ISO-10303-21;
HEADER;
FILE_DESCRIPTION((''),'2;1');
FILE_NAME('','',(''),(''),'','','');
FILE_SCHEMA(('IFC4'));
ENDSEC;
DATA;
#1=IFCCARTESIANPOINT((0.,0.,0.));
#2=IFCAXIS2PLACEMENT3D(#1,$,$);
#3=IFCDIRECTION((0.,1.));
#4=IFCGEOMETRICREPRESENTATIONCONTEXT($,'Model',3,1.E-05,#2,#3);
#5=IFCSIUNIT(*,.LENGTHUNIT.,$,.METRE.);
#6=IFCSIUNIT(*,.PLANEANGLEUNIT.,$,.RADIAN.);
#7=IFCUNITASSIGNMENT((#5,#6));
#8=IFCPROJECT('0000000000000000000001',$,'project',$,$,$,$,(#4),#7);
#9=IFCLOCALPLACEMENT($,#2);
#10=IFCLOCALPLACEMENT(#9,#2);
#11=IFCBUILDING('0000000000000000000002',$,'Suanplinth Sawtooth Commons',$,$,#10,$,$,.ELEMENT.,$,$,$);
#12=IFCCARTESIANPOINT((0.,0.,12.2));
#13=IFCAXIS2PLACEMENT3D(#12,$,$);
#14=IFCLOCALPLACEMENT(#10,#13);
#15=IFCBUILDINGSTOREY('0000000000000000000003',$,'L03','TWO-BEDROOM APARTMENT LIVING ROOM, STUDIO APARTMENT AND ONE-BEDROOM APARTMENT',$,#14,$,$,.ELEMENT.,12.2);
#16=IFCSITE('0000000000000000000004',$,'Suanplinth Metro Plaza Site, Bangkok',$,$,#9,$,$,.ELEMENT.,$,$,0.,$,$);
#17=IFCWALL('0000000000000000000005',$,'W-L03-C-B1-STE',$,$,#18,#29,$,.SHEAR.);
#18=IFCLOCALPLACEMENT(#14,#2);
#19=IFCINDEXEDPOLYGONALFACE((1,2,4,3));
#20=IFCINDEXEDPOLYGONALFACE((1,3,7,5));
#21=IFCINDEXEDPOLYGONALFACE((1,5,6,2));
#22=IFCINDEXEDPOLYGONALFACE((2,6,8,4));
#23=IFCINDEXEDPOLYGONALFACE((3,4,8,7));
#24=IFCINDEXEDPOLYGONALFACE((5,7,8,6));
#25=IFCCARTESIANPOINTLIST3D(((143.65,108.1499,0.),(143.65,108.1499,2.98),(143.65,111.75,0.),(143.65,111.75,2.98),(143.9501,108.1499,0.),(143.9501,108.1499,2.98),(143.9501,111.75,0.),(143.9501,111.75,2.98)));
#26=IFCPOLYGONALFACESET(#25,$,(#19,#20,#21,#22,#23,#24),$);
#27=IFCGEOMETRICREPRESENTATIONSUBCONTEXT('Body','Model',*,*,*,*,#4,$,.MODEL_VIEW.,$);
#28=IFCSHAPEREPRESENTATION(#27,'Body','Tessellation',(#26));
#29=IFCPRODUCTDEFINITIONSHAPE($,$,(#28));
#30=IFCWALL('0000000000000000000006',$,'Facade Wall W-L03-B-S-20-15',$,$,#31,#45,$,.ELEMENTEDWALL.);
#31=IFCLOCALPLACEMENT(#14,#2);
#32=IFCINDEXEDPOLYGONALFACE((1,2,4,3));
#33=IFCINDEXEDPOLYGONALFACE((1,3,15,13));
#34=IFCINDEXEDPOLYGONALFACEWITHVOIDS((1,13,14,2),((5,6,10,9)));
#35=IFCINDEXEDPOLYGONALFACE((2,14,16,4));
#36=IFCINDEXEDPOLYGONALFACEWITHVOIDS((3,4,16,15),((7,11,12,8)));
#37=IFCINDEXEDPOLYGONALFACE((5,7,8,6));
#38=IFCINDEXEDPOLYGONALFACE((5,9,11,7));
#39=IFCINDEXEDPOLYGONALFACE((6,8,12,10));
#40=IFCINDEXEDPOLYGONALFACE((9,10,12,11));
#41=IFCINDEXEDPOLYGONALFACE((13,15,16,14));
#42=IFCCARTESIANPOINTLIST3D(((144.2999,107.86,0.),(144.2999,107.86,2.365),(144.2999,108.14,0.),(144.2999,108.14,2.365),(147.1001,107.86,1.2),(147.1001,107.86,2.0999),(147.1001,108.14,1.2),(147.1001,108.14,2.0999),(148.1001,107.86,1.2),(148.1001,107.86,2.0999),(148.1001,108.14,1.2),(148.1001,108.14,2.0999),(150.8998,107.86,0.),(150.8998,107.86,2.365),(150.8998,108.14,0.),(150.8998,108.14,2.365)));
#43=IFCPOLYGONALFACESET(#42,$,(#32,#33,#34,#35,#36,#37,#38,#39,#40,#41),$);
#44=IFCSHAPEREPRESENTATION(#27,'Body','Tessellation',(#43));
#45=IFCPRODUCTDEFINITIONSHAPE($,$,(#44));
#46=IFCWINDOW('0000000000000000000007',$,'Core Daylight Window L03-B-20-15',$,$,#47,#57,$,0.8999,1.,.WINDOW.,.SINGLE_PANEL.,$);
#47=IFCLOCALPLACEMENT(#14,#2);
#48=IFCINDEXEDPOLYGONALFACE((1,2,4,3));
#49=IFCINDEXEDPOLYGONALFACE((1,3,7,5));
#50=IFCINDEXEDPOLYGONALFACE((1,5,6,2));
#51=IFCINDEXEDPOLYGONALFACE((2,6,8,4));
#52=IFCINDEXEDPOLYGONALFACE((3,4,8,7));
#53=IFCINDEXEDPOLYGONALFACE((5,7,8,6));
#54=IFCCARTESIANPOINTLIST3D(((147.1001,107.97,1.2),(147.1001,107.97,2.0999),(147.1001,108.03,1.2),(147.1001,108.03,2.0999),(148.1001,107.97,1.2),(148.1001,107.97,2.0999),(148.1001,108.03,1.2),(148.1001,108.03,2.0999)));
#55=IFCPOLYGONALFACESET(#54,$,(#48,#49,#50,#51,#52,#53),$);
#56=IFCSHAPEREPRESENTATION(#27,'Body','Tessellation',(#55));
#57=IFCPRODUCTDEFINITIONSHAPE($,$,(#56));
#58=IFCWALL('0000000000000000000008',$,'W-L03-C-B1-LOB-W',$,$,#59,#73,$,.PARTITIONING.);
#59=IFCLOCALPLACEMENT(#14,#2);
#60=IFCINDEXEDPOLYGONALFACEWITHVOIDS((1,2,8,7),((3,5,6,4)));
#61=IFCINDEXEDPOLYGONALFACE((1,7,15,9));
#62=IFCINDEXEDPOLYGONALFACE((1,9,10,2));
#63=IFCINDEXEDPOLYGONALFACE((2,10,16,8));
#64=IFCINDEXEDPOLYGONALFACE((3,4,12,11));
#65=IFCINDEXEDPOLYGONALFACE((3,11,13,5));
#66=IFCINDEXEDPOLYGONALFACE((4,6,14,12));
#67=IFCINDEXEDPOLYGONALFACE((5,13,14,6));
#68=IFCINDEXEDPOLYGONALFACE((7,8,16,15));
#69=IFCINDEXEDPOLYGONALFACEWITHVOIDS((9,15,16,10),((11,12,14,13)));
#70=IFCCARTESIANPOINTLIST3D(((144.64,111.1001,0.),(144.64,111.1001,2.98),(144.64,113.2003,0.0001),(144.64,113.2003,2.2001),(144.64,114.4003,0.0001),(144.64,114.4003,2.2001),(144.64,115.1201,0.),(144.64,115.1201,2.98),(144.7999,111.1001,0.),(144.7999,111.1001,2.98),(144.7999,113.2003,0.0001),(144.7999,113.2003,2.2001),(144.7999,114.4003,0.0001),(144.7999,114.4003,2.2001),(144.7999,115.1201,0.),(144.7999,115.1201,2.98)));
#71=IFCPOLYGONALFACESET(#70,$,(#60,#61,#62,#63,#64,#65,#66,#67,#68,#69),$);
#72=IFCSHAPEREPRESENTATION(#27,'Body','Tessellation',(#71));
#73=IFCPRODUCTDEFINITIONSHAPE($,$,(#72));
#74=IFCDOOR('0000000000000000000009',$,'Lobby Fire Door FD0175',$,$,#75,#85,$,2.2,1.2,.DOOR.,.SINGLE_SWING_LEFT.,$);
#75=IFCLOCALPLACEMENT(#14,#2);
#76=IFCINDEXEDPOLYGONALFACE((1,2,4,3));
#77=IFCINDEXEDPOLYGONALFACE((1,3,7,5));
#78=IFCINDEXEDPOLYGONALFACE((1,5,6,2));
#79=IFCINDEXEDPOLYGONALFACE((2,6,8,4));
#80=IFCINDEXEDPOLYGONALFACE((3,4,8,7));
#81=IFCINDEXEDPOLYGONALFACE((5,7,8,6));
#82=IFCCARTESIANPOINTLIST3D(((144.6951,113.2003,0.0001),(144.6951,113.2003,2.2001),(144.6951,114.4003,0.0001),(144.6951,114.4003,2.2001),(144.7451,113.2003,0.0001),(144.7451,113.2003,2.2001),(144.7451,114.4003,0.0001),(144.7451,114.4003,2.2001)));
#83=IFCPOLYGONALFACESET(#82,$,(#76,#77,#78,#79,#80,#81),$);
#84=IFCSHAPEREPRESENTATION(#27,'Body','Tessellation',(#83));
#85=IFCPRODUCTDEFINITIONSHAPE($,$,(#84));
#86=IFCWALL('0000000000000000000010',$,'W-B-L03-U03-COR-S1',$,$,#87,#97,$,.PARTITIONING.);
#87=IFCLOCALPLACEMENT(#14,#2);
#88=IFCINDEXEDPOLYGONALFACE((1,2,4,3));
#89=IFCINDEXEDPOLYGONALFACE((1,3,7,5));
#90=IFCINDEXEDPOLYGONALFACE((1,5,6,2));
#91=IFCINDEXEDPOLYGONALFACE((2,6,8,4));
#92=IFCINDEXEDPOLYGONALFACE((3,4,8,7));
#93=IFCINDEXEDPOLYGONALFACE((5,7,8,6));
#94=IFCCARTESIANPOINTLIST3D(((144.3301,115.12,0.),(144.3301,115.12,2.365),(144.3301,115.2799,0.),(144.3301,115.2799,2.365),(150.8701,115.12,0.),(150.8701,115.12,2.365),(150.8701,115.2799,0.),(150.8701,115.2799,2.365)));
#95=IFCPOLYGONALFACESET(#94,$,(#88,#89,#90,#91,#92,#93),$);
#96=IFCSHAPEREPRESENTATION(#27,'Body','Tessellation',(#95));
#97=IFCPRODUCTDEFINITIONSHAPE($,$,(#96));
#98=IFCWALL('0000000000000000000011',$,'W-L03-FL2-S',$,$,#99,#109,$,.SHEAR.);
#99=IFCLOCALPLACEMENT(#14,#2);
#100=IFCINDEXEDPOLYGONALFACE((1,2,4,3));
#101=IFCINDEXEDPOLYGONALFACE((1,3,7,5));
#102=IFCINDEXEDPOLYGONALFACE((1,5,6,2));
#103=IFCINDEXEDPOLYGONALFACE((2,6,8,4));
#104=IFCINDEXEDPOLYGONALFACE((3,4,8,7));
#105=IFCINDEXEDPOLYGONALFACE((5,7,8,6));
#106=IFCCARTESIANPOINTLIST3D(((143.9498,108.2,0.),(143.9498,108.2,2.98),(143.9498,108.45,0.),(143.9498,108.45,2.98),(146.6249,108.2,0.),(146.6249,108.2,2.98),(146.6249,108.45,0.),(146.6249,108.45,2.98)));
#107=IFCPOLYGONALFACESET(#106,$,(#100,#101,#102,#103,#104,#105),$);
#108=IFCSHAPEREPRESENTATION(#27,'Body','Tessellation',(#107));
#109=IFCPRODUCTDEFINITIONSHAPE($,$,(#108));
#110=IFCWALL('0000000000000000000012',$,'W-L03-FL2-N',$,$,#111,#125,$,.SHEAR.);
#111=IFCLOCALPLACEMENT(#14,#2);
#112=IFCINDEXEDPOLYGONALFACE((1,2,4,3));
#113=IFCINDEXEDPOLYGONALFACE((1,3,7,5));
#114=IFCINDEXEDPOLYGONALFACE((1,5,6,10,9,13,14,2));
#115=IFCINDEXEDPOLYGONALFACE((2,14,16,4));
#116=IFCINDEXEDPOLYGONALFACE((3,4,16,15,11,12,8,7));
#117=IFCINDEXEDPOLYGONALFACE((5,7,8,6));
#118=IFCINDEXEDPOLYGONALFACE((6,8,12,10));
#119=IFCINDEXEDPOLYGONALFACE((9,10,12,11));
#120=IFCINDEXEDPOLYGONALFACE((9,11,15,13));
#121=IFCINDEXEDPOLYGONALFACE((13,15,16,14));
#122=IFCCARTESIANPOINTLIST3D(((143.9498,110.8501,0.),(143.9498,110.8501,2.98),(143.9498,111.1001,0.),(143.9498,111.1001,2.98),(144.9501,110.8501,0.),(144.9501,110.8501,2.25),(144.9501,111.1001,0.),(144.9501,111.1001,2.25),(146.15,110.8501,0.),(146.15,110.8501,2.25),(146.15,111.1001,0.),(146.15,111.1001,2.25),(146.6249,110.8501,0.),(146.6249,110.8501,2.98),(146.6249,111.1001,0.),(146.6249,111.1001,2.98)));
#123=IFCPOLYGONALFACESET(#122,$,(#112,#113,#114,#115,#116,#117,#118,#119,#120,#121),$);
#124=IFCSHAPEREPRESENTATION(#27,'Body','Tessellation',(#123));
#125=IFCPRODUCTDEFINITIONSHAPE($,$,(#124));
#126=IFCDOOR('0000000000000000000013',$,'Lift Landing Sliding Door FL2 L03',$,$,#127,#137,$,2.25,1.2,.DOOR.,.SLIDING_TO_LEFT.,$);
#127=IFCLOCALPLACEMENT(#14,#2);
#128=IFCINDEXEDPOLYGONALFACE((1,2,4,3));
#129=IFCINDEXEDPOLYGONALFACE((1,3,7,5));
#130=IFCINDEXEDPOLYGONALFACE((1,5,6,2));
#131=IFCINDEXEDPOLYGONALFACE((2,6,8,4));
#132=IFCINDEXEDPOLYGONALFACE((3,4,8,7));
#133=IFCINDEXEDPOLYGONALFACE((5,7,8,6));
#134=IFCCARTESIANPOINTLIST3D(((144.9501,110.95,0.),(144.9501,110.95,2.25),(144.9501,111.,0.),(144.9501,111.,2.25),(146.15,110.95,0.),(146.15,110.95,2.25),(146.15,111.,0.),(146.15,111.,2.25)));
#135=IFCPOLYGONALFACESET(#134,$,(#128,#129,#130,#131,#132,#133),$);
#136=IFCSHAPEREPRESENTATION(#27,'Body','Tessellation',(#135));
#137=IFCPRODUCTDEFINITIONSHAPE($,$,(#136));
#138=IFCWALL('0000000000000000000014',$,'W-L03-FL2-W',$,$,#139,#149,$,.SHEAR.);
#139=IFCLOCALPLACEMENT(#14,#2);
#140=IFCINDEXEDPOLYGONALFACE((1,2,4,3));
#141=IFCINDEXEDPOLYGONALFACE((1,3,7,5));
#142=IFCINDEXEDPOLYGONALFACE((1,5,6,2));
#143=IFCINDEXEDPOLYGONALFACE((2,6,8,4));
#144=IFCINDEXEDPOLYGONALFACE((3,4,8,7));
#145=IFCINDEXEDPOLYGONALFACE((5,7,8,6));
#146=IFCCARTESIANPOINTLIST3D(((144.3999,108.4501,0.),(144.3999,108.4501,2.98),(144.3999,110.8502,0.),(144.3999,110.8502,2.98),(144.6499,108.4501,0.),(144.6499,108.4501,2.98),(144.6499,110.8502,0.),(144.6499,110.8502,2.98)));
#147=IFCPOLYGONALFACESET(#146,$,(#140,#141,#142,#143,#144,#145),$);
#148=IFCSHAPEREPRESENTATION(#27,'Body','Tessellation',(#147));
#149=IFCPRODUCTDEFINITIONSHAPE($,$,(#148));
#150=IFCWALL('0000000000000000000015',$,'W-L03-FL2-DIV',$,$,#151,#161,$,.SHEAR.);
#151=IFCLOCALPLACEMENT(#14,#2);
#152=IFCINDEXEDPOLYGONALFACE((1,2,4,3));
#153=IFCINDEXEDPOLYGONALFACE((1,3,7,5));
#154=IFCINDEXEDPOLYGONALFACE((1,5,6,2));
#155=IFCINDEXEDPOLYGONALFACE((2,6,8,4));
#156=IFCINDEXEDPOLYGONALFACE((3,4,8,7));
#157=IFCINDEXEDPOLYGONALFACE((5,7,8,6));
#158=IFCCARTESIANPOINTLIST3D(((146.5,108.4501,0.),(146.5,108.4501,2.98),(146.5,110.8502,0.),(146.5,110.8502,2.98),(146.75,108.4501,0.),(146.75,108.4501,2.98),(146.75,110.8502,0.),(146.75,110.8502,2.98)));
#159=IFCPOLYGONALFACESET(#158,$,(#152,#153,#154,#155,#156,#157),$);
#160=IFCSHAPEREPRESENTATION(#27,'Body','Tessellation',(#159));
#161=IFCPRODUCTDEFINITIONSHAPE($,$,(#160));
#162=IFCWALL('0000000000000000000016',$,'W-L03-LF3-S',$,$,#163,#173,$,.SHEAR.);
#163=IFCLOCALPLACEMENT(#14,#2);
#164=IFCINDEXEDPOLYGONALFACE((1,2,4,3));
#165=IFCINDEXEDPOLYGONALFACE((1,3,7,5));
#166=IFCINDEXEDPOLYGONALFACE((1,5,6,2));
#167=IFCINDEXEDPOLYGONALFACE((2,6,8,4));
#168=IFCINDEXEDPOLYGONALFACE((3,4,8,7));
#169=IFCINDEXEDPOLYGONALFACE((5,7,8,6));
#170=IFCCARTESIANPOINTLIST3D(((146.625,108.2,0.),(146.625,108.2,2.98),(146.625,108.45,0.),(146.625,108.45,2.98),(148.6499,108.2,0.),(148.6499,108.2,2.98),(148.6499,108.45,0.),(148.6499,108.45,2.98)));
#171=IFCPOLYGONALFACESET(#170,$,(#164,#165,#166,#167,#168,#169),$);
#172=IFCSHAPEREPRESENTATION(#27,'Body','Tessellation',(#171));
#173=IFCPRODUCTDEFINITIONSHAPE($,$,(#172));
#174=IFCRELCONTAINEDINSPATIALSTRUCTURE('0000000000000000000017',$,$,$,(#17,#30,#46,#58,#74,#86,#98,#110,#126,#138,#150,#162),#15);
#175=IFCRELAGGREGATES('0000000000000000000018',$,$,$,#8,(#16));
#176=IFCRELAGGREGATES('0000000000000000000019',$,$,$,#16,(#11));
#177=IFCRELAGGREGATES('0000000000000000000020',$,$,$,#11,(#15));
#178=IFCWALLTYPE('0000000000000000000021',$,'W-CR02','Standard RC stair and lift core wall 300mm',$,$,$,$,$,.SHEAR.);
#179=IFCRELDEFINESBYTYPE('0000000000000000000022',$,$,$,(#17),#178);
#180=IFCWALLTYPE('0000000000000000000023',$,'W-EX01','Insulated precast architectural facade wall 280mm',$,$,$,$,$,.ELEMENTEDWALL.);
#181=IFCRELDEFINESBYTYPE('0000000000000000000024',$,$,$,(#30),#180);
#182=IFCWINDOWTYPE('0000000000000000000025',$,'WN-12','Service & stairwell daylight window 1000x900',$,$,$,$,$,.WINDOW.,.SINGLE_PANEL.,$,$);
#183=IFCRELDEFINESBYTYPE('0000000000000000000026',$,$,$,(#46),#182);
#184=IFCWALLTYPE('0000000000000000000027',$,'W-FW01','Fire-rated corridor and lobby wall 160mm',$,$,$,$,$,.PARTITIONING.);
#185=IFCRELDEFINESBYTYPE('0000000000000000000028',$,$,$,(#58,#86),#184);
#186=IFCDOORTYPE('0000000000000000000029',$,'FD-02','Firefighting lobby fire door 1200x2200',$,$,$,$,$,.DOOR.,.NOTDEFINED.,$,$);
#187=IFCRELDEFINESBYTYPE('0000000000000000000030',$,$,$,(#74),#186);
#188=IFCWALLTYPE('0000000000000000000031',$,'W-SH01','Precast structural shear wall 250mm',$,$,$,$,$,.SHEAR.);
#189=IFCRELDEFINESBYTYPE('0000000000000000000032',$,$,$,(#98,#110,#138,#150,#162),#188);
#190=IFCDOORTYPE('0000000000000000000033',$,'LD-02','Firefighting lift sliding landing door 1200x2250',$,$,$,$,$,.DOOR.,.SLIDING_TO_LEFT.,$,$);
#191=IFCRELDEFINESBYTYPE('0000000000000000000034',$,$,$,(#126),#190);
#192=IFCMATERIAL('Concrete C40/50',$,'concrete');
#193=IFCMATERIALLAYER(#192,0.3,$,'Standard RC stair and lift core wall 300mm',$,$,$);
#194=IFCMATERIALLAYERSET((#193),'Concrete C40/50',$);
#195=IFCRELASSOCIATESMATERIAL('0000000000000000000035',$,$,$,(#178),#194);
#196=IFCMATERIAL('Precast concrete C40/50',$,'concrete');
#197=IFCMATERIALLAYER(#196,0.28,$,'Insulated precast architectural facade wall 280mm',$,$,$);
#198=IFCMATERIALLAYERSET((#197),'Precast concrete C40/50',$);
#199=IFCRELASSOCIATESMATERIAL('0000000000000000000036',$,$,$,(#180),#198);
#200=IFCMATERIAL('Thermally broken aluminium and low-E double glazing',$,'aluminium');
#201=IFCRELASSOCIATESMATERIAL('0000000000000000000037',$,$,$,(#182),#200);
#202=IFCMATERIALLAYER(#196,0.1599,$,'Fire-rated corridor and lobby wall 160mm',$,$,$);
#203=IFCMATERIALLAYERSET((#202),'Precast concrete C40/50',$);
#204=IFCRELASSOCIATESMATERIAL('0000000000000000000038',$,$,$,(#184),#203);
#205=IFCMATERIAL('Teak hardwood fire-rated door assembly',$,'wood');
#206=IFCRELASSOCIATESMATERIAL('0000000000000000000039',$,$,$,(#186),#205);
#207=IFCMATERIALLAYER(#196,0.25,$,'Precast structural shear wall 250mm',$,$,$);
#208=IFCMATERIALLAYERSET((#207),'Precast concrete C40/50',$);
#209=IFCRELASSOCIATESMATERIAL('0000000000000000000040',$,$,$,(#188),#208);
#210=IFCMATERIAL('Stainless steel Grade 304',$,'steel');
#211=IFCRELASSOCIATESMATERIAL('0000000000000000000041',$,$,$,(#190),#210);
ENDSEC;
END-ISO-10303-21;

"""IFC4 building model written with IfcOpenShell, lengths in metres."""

from ifc_helpers import new_model, si_unit, direction, frame, frame_2d, origin, place, context, subcontext, project, spatial, rectangle, extrude, material, layer, layer_set, type_object, element, fill, save


model = new_model("IFC4")

# Units and contexts
model_context = context("Model", 3, precision=1e-05, world=origin(), true_north=direction((0.0, 1.0)))
body_context = subcontext(model_context, "Body", "Model", "MODEL_VIEW")
ifc_project = project(units=[si_unit("LENGTHUNIT", "METRE"), si_unit("PLANEANGLEUNIT", "RADIAN")], contexts=[model_context])

# Site, building, storey
site_placement = place(None, origin())
site = spatial("IfcSite", under=ifc_project, at=site_placement, Name="Suanplinth Metro Plaza Site, Bangkok", CompositionType="ELEMENT", RefElevation=0.0)
building_placement = place(site_placement, origin())
building = spatial("IfcBuilding", under=site, at=building_placement, Name="Suanplinth Sawtooth Commons", CompositionType="ELEMENT")
storey_placement = place(building_placement, frame((0.0, 0.0, 12.2)))
storey = spatial("IfcBuildingStorey", under=building, at=storey_placement, Name="L03", Description="TWO-BEDROOM APARTMENT LIVING ROOM, STUDIO APARTMENT AND ONE-BEDROOM APARTMENT", CompositionType="ELEMENT", Elevation=12.2)

# Shared definitions
ifc_material_1 = material(Name="Precast concrete C40/50", Category="concrete")

# Wall
ifc_material_2 = material(Name="Concrete C40/50", Category="concrete")
ifc_layer_1 = layer(ifc_material_2, 0.3, Name="Standard RC stair and lift core wall 300mm")
ifc_layer_set_1 = layer_set([ifc_layer_1], Name="Concrete C40/50")
wall_type_1 = type_object("IfcWallType", Name="W-CR02", Description="Standard RC stair and lift core wall 300mm", PredefinedType="SHEAR", material=ifc_layer_set_1)
wall_1_placement = place(storey_placement, frame((143.8, 108.1499, 0.0), z_axis=(0.0, 0.0, 1.0), x_axis=(0.0, 1.0, 0.0)))
element("IfcWall", 1, at=wall_1_placement, inside=storey, type_object=wall_type_1, Name="W-L03-C-B1-STE", PredefinedType="SHEAR", context=body_context, shape_type="SweptSolid", body=[
    extrude(rectangle(XDim=3.6001, YDim=0.3, at=frame_2d((1.8, 0.0))), origin(), (0.0, 0.0, 1.0), 2.98),
])

# Wall, opening, window
ifc_layer_2 = layer(ifc_material_1, 0.28, Name="Insulated precast architectural facade wall 280mm")
ifc_layer_set_2 = layer_set([ifc_layer_2], Name="Precast concrete C40/50")
wall_type_2 = type_object("IfcWallType", Name="W-EX01", Description="Insulated precast architectural facade wall 280mm", PredefinedType="ELEMENTEDWALL", material=ifc_layer_set_2)
wall_2_placement = place(storey_placement, frame((144.3, 108.0, 0.0), z_axis=(0.0, 0.0, 1.0), x_axis=(1.0, 0.0, 0.0)))
wall_2 = element("IfcWall", 2, at=wall_2_placement, inside=storey, type_object=wall_type_2, Name="Facade Wall W-L03-B-S-20-15", PredefinedType="ELEMENTEDWALL", context=body_context, shape_type="SweptSolid", body=[
    extrude(rectangle(XDim=6.5999, YDim=0.28, at=frame_2d((3.2998, 0.0))), origin(), (0.0, 0.0, 1.0), 2.365),
])
opening_1_placement = place(wall_2_placement, frame((2.8, 0.0, 1.2)))
opening_1 = element("IfcOpeningElement", 3, at=opening_1_placement, cuts=wall_2, PredefinedType="OPENING", context=body_context, shape_type="SweptSolid", body=[
    extrude(rectangle(XDim=1.0, YDim=0.8999, at=frame_2d((0.5, 0.45))), frame((0.0, 0.1548, 0.0), z_axis=(0.0, -1.0, 0.0), x_axis=(1.0, 0.0, 0.0)), (0.0, 0.0, 1.0), 0.3098),
])
ifc_material_3 = material(Name="Thermally broken aluminium and low-E double glazing", Category="aluminium")
window_type = type_object("IfcWindowType", Name="WN-12", Description="Service & stairwell daylight window 1000x900", PartitioningType="SINGLE_PANEL", PredefinedType="WINDOW", material=ifc_material_3)
window_placement = place(opening_1_placement, origin())
window = element("IfcWindow", 4, at=window_placement, inside=storey, type_object=window_type, Name="Core Daylight Window L03-B-20-15", OverallHeight=0.8999, OverallWidth=1.0, PartitioningType="SINGLE_PANEL", PredefinedType="WINDOW", context=body_context, shape_type="SweptSolid", body=[
    extrude(rectangle(XDim=1.0, YDim=0.8999, at=frame_2d((0.5, 0.45))), frame((0.0, 0.03, 0.0), z_axis=(0.0, -1.0, 0.0), x_axis=(1.0, 0.0, 0.0)), (0.0, 0.0, 1.0), 0.0601),
])
fill(opening_1, window)

# Wall, opening, door
ifc_layer_3 = layer(ifc_material_1, 0.1599, Name="Fire-rated corridor and lobby wall 160mm")
ifc_layer_set_3 = layer_set([ifc_layer_3], Name="Precast concrete C40/50")
wall_type_3 = type_object("IfcWallType", Name="W-FW01", Description="Fire-rated corridor and lobby wall 160mm", PredefinedType="PARTITIONING", material=ifc_layer_set_3)
wall_3_placement = place(storey_placement, frame((144.72, 111.1001, 0.0), z_axis=(0.0, 0.0, 1.0), x_axis=(0.0, 1.0, 0.0)))
wall_3 = element("IfcWall", 5, at=wall_3_placement, inside=storey, type_object=wall_type_3, Name="W-L03-C-B1-LOB-W", PredefinedType="PARTITIONING", context=body_context, shape_type="SweptSolid", body=[
    extrude(rectangle(XDim=4.02, YDim=0.1599, at=frame_2d((2.01, 0.0))), origin(), (0.0, 0.0, 1.0), 2.98),
])
opening_2_placement = place(wall_3_placement, frame((2.1001, 0.0, 0.0)))
opening_2 = element("IfcOpeningElement", 6, at=opening_2_placement, cuts=wall_3, PredefinedType="OPENING", context=body_context, shape_type="SweptSolid", body=[
    extrude(rectangle(XDim=1.2, YDim=2.2, at=frame_2d((0.6001, 1.1001))), frame((0.0, 0.0947, 0.0), z_axis=(0.0, -1.0, 0.0), x_axis=(1.0, 0.0, 0.0)), (0.0, 0.0, 1.0), 0.1897),
])
ifc_material_4 = material(Name="Teak hardwood fire-rated door assembly", Category="wood")
door_type_1 = type_object("IfcDoorType", Name="FD-02", Description="Firefighting lobby fire door 1200x2200", OperationType="NOTDEFINED", PredefinedType="DOOR", material=ifc_material_4)
door_1_placement = place(opening_2_placement, origin())
door_1 = element("IfcDoor", 7, at=door_1_placement, inside=storey, type_object=door_type_1, Name="Lobby Fire Door FD0175", OperationType="SINGLE_SWING_LEFT", OverallHeight=2.2, OverallWidth=1.2, PredefinedType="DOOR", context=body_context, shape_type="SweptSolid", body=[
    extrude(rectangle(XDim=1.2, YDim=2.2, at=frame_2d((0.6001, 1.1001))), frame((0.0, 0.0249, 0.0), z_axis=(0.0, -1.0, 0.0), x_axis=(1.0, 0.0, 0.0)), (0.0, 0.0, 1.0), 0.05),
])
fill(opening_2, door_1)

# Walls
wall_4_placement = place(storey_placement, frame((144.3301, 115.2, 0.0), z_axis=(0.0, 0.0, 1.0), x_axis=(1.0, 0.0, 0.0)))
element("IfcWall", 8, at=wall_4_placement, inside=storey, type_object=wall_type_3, Name="W-B-L03-U03-COR-S1", PredefinedType="PARTITIONING", context=body_context, shape_type="SweptSolid", body=[
    extrude(rectangle(XDim=6.54, YDim=0.1599, at=frame_2d((3.27, 0.0))), origin(), (0.0, 0.0, 1.0), 2.365),
])
ifc_layer_4 = layer(ifc_material_1, 0.25, Name="Precast structural shear wall 250mm")
ifc_layer_set_4 = layer_set([ifc_layer_4], Name="Precast concrete C40/50")
wall_type_4 = type_object("IfcWallType", Name="W-SH01", Description="Precast structural shear wall 250mm", PredefinedType="SHEAR", material=ifc_layer_set_4)
wall_5_placement = place(storey_placement, frame((143.95, 108.325, 0.0), z_axis=(0.0, 0.0, 1.0), x_axis=(1.0, 0.0, 0.0)))
element("IfcWall", 9, at=wall_5_placement, inside=storey, type_object=wall_type_4, Name="W-L03-FL2-S", PredefinedType="SHEAR", context=body_context, shape_type="SweptSolid", body=[
    extrude(rectangle(XDim=2.675, YDim=0.25, at=frame_2d((1.3374, 0.0))), origin(), (0.0, 0.0, 1.0), 2.98),
])

# Wall, opening, door
wall_6_placement = place(storey_placement, frame((143.95, 110.9751, 0.0), z_axis=(0.0, 0.0, 1.0), x_axis=(1.0, 0.0, 0.0)))
wall_6 = element("IfcWall", 10, at=wall_6_placement, inside=storey, type_object=wall_type_4, Name="W-L03-FL2-N", PredefinedType="SHEAR", context=body_context, shape_type="SweptSolid", body=[
    extrude(rectangle(XDim=2.675, YDim=0.25, at=frame_2d((1.3374, 0.0))), origin(), (0.0, 0.0, 1.0), 2.98),
])
opening_3_placement = place(wall_6_placement, frame((1.0, 0.0, 0.0)))
opening_3 = element("IfcOpeningElement", 11, at=opening_3_placement, cuts=wall_6, PredefinedType="OPENING", context=body_context, shape_type="SweptSolid", body=[
    extrude(rectangle(XDim=1.2, YDim=2.25, at=frame_2d((0.6001, 1.125))), frame((0.0, 0.1399, 0.0), z_axis=(0.0, -1.0, 0.0), x_axis=(1.0, 0.0, 0.0)), (0.0, 0.0, 1.0), 0.2798),
])
ifc_material_5 = material(Name="Stainless steel Grade 304", Category="steel")
door_type_2 = type_object("IfcDoorType", Name="LD-02", Description="Firefighting lift sliding landing door 1200x2250", OperationType="SLIDING_TO_LEFT", PredefinedType="DOOR", material=ifc_material_5)
door_2_placement = place(opening_3_placement, origin())
door_2 = element("IfcDoor", 12, at=door_2_placement, inside=storey, type_object=door_type_2, Name="Lift Landing Sliding Door FL2 L03", OperationType="SLIDING_TO_LEFT", OverallHeight=2.25, OverallWidth=1.2, PredefinedType="DOOR", context=body_context, shape_type="SweptSolid", body=[
    extrude(rectangle(XDim=1.2, YDim=2.25, at=frame_2d((0.6001, 1.125))), frame((0.0, 0.0249, 0.0), z_axis=(0.0, -1.0, 0.0), x_axis=(1.0, 0.0, 0.0)), (0.0, 0.0, 1.0), 0.05),
])
fill(opening_3, door_2)

# Walls
for number, where, z_axis, x_axis, name in (
    (13, (144.5249, 108.45, 0.0), (0.0, 0.0, 1.0), (0.0, 1.0, 0.0), "W-L03-FL2-W"),
    (14, (146.625, 108.45, 0.0), (0.0, 0.0, 1.0), (0.0, 1.0, 0.0), "W-L03-FL2-DIV"),
):
    element("IfcWall", number, at=place(storey_placement, frame(where, z_axis=z_axis, x_axis=x_axis)), inside=storey, type_object=wall_type_4, Name=name, PredefinedType="SHEAR", context=body_context, shape_type="SweptSolid", body=[
        extrude(rectangle(XDim=2.4001, YDim=0.25, at=frame_2d((1.2002, 0.0))), origin(), (0.0, 0.0, 1.0), 2.98),
    ])
wall_7_placement = place(storey_placement, frame((146.625, 108.325, 0.0), z_axis=(0.0, 0.0, 1.0), x_axis=(1.0, 0.0, 0.0)))
element("IfcWall", 15, at=wall_7_placement, inside=storey, type_object=wall_type_4, Name="W-L03-LF3-S", PredefinedType="SHEAR", context=body_context, shape_type="SweptSolid", body=[
    extrude(rectangle(XDim=2.0249, YDim=0.25, at=frame_2d((1.0125, 0.0))), origin(), (0.0, 0.0, 1.0), 2.98),
])

save(model, "model.ifc")
